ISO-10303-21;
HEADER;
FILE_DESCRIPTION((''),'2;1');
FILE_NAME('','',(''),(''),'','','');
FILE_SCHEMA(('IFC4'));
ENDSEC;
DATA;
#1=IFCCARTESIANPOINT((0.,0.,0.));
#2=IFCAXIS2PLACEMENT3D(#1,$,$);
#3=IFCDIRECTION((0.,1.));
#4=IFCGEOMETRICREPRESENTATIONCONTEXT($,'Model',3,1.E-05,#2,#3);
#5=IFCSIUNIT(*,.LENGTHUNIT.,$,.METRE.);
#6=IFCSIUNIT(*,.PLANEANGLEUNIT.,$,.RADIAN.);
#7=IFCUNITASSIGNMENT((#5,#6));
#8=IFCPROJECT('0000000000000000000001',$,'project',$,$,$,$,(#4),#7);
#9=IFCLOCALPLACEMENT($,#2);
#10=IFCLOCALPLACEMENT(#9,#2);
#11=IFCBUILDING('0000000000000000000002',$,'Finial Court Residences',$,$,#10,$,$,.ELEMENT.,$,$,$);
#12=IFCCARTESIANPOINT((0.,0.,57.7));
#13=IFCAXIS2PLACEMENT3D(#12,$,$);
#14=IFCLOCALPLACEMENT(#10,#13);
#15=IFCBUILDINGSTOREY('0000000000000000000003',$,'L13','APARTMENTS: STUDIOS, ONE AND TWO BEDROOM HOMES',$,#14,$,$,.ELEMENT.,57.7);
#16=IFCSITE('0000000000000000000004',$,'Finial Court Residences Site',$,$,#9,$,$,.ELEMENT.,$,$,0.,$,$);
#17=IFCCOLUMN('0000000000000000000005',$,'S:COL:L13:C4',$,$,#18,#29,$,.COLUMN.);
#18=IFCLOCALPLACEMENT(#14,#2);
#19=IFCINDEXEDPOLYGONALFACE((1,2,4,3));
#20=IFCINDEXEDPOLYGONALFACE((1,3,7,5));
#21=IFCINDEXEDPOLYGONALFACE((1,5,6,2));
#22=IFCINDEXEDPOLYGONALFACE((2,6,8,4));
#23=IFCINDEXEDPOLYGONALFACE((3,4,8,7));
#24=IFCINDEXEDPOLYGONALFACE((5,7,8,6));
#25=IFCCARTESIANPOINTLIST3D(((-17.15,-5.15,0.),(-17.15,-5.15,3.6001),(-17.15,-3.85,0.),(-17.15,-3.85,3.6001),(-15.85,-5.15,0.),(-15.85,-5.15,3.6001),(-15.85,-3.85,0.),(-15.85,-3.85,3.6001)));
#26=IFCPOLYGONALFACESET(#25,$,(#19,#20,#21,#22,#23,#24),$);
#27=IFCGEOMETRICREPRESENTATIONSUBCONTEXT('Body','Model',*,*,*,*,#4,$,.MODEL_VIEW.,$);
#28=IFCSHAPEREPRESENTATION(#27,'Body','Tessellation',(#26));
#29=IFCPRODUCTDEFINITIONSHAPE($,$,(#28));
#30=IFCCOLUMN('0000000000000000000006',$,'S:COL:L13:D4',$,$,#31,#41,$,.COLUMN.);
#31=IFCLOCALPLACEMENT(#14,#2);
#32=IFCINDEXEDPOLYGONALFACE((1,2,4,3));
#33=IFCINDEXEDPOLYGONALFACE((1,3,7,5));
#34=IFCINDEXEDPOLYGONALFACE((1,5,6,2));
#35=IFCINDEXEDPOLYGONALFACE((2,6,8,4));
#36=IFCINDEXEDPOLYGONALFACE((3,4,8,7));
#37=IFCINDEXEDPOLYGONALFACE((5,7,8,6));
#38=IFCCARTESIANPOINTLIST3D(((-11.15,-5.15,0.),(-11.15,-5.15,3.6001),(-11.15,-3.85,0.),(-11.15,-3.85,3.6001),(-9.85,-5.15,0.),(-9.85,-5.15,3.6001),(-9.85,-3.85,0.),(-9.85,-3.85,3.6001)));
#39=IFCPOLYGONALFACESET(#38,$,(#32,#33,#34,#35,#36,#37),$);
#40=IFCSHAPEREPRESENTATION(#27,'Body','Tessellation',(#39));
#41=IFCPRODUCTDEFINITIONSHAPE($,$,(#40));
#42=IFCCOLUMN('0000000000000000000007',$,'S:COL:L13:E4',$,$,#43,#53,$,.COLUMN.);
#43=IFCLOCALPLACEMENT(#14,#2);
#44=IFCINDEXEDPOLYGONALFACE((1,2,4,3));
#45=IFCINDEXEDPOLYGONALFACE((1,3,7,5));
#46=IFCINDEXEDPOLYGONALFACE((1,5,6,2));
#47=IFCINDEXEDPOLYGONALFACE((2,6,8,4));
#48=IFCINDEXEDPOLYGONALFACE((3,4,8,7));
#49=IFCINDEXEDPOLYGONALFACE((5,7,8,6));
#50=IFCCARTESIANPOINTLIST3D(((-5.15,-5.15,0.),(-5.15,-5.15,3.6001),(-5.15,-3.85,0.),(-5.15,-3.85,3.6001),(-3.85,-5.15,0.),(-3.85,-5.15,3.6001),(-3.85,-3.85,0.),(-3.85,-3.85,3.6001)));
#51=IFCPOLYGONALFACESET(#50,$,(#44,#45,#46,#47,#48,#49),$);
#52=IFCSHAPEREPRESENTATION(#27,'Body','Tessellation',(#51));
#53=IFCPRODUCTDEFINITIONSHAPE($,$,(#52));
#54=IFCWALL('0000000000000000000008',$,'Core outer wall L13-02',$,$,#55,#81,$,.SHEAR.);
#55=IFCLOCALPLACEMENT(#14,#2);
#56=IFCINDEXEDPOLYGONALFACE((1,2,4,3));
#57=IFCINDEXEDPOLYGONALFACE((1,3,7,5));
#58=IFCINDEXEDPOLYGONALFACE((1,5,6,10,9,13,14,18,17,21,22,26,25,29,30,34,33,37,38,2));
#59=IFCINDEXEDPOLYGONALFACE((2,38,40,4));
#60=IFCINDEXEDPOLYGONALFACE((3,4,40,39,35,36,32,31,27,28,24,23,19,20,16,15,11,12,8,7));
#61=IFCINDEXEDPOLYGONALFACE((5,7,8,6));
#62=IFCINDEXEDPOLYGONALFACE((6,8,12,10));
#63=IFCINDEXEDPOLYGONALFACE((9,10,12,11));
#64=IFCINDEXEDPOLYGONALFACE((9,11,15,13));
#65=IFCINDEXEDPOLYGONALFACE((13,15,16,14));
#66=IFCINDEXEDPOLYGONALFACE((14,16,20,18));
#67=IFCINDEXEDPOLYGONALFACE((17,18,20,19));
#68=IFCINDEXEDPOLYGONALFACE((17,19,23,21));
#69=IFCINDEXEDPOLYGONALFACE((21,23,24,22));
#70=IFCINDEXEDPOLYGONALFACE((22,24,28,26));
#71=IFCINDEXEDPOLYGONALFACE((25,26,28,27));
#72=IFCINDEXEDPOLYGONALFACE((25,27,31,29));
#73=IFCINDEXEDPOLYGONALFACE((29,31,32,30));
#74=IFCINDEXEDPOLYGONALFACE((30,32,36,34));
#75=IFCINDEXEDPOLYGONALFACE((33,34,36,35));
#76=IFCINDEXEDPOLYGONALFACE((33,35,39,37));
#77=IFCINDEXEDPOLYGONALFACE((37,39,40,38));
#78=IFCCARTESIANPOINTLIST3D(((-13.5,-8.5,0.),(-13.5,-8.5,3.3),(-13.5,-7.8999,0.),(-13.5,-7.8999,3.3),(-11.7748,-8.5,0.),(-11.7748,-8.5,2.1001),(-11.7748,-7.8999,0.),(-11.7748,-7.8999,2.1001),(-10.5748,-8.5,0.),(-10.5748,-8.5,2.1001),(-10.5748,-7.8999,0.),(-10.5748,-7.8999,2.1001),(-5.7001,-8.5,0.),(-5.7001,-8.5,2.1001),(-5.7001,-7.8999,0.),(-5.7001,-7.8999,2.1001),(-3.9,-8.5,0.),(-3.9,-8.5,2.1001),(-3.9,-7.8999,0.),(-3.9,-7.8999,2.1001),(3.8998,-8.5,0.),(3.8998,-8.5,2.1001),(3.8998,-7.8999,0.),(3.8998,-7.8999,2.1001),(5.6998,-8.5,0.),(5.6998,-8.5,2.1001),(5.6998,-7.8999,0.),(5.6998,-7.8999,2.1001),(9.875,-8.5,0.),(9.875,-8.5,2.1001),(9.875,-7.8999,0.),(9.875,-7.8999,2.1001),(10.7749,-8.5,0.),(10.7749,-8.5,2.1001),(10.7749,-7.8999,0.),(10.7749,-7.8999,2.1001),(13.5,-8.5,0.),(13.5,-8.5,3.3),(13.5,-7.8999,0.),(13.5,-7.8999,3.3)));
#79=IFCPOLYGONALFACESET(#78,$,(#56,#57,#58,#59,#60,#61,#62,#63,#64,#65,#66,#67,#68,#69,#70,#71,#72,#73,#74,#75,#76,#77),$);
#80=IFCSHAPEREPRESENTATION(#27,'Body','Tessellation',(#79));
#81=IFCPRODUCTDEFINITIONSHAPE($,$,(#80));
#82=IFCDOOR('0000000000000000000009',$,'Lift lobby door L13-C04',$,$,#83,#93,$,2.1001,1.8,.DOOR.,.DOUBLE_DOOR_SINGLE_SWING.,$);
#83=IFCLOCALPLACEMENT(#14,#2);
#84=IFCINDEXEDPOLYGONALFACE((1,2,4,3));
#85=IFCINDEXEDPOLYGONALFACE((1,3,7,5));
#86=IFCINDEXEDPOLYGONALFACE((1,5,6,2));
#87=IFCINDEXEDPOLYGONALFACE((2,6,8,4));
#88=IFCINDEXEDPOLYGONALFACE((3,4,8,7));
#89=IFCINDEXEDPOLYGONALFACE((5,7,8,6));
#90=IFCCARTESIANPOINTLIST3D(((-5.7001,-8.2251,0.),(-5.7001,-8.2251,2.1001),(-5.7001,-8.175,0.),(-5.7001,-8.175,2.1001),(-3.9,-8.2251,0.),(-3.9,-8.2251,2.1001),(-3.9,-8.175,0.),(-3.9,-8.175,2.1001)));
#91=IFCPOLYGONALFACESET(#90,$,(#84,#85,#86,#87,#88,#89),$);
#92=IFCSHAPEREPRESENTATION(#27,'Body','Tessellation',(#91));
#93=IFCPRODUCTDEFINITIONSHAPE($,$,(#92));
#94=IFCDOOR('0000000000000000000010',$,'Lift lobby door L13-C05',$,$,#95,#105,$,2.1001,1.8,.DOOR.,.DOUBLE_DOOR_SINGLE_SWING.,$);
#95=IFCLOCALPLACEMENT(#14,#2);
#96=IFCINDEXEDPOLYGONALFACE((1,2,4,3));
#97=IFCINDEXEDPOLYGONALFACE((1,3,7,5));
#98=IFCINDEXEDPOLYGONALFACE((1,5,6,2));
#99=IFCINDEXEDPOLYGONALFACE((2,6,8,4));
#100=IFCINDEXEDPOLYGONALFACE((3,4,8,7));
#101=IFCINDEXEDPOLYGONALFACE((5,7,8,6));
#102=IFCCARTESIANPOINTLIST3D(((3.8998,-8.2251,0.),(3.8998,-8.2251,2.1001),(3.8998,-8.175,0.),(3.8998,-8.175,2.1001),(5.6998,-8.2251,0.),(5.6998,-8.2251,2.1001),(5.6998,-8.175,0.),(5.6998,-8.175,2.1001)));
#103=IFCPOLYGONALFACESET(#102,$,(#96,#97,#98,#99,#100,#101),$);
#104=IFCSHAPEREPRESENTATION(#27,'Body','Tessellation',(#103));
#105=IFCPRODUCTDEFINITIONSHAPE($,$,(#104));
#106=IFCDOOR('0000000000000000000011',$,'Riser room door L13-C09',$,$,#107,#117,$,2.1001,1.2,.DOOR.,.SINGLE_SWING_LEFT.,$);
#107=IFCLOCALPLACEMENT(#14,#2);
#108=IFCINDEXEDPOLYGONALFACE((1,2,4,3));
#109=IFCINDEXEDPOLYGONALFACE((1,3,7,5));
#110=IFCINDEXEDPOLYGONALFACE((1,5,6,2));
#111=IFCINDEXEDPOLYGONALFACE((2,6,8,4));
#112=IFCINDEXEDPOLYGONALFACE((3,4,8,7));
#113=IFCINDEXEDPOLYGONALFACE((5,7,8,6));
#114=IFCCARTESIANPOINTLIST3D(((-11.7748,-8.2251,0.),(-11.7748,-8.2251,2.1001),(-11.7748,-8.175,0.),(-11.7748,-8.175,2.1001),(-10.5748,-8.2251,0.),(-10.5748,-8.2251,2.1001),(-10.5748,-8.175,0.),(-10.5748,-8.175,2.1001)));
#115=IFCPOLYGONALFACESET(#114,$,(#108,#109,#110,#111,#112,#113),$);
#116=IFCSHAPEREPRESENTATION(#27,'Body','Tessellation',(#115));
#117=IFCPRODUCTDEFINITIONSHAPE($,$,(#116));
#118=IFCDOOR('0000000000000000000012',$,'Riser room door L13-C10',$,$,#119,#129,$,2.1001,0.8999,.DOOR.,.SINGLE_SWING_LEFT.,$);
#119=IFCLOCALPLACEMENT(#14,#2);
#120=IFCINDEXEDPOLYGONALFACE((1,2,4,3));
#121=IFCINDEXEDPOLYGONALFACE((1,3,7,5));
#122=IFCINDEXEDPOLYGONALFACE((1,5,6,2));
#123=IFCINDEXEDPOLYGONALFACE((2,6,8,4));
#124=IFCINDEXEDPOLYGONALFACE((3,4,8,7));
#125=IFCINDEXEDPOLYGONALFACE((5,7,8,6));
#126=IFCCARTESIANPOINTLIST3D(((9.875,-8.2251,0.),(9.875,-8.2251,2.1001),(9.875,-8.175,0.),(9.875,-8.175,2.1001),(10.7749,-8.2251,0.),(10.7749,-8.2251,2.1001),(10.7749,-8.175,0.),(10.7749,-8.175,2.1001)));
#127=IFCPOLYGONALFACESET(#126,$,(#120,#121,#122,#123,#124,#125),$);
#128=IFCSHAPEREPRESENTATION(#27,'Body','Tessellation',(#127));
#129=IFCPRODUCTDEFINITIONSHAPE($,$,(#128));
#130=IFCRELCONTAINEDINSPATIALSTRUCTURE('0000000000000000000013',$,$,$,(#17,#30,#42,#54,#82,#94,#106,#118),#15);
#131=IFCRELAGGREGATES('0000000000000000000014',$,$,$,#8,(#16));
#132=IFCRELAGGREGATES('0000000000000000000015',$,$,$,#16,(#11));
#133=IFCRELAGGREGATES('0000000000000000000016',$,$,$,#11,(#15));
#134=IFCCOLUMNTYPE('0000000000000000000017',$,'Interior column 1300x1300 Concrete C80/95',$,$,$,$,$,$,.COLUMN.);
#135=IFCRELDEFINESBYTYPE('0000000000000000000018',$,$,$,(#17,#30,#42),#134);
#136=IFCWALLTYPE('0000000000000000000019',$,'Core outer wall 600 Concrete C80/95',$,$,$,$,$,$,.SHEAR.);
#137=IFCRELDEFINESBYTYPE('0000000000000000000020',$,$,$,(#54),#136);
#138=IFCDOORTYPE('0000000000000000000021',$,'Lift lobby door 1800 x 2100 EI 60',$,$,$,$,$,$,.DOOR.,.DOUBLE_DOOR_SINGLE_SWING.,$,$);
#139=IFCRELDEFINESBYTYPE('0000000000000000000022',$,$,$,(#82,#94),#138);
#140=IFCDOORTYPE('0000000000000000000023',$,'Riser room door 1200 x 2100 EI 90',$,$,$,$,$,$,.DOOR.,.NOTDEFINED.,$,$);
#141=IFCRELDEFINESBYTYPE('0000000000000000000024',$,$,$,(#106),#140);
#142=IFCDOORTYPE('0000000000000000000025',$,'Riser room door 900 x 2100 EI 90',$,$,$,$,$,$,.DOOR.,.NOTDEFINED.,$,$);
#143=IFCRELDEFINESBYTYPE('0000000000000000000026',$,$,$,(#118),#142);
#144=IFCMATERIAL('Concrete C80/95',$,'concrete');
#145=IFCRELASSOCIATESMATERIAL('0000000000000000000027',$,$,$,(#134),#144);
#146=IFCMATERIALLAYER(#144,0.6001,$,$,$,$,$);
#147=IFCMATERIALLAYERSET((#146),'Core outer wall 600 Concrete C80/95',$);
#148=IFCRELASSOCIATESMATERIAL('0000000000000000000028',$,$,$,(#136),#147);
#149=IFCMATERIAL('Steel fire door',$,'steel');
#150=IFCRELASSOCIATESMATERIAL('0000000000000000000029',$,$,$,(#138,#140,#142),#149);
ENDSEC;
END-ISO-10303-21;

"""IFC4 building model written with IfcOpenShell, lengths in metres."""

from ifc_helpers import new_model, si_unit, direction, frame, frame_2d, origin, origin_2d, place, context, subcontext, project, spatial, rectangle, extrude, material, layer, layer_set, material_profile, profile_set, type_object, element, fill, save


model = new_model("IFC4")

# Units and contexts
model_context = context("Model", 3, precision=1e-05, world=origin(), true_north=direction((0.0, 1.0)))
body_context = subcontext(model_context, "Body", "Model", "MODEL_VIEW")
ifc_project = project(units=[si_unit("LENGTHUNIT", "METRE"), si_unit("PLANEANGLEUNIT", "RADIAN")], contexts=[model_context])

# Site, building, storey
site_placement = place(None, origin())
site = spatial("IfcSite", under=ifc_project, at=site_placement, Name="Finial Court Residences Site", CompositionType="ELEMENT", RefElevation=0.0)
building_placement = place(site_placement, origin())
building = spatial("IfcBuilding", under=site, at=building_placement, Name="Finial Court Residences", CompositionType="ELEMENT")
storey_placement = place(building_placement, frame((0.0, 0.0, 57.7)))
storey = spatial("IfcBuildingStorey", under=building, at=storey_placement, Name="L13", Description="APARTMENTS: STUDIOS, ONE AND TWO BEDROOM HOMES", CompositionType="ELEMENT", Elevation=57.7)

# Columns
ifc_material_1 = material(Name="Concrete C80/95", Category="concrete")
ifc_material_profile = material_profile(ifc_material_1, rectangle(XDim=1.3, YDim=1.3, at=origin_2d()), Name="1300x1300")
ifc_profile_set = profile_set([ifc_material_profile], Name="Concrete C80/95")
column_type = type_object("IfcColumnType", Name="Interior column 1300x1300 Concrete C80/95", PredefinedType="COLUMN", material=ifc_profile_set)
for number, where, z_axis, x_axis, name in (
    (1, (-16.5, -4.5, 0.0), (0.0, 0.0, 1.0), (1.0, 0.0, 0.0), "S:COL:L13:C4"),
    (2, (-10.5, -4.5, 0.0), (0.0, 0.0, 1.0), (1.0, 0.0, 0.0), "S:COL:L13:D4"),
    (3, (-4.5, -4.5, 0.0), (0.0, 0.0, 1.0), (1.0, 0.0, 0.0), "S:COL:L13:E4"),
):
    element("IfcColumn", number, at=place(storey_placement, frame(where, z_axis=z_axis, x_axis=x_axis)), inside=storey, type_object=column_type, Name=name, PredefinedType="COLUMN", context=body_context, shape_type="SweptSolid", body=[
        extrude(rectangle(XDim=1.3, YDim=1.3, at=origin_2d()), origin(), (0.0, 0.0, 1.0), 3.6001),
    ])

# Wall, openings, doors
ifc_layer_1 = layer(ifc_material_1, 0.6001)
ifc_layer_set_1 = layer_set([ifc_layer_1], Name="Core outer wall 600 Concrete C80/95")
wall_type_1 = type_object("IfcWallType", Name="Core outer wall 600 Concrete C80/95", PredefinedType="SHEAR", material=ifc_layer_set_1)
wall_1_placement = place(storey_placement, frame((-13.5, -8.2, 0.0), z_axis=(0.0, 0.0, 1.0), x_axis=(1.0, 0.0, 0.0)))
wall_1 = element("IfcWall", 4, at=wall_1_placement, inside=storey, type_object=wall_type_1, Name="Core outer wall L13-02", PredefinedType="SHEAR", context=body_context, shape_type="SweptSolid", body=[
    extrude(rectangle(XDim=27.0, YDim=0.6001, at=frame_2d((13.5, 0.0))), origin(), (0.0, 0.0, 1.0), 3.3),
])
opening_1_placement = place(wall_1_placement, frame((7.8, 0.0, 0.0)))
opening_1 = element("IfcOpeningElement", 5, at=opening_1_placement, cuts=wall_1, PredefinedType="OPENING", context=body_context, shape_type="SweptSolid", body=[
    extrude(rectangle(XDim=1.8, YDim=2.1001, at=frame_2d((0.8999, 1.05))), frame((0.0, 0.3101, 0.0), z_axis=(0.0, -1.0, 0.0), x_axis=(1.0, 0.0, 0.0)), (0.0, 0.0, 1.0), 0.6201),
])
opening_2_placement = place(wall_1_placement, frame((17.3999, 0.0, 0.0)))
opening_2 = element("IfcOpeningElement", 6, at=opening_2_placement, cuts=wall_1, PredefinedType="OPENING", context=body_context, shape_type="SweptSolid", body=[
    extrude(rectangle(XDim=1.8, YDim=2.1001, at=frame_2d((0.8999, 1.05))), frame((0.0, 0.3101, 0.0), z_axis=(0.0, -1.0, 0.0), x_axis=(1.0, 0.0, 0.0)), (0.0, 0.0, 1.0), 0.6201),
])
opening_3_placement = place(wall_1_placement, frame((1.7251, 0.0, 0.0)))
opening_3 = element("IfcOpeningElement", 7, at=opening_3_placement, cuts=wall_1, PredefinedType="OPENING", context=body_context, shape_type="SweptSolid", body=[
    extrude(rectangle(XDim=1.2, YDim=2.1001, at=frame_2d((0.6001, 1.05))), frame((0.0, 0.3101, 0.0), z_axis=(0.0, -1.0, 0.0), x_axis=(1.0, 0.0, 0.0)), (0.0, 0.0, 1.0), 0.6201),
])
opening_4_placement = place(wall_1_placement, frame((23.375, 0.0, 0.0)))
opening_4 = element("IfcOpeningElement", 8, at=opening_4_placement, cuts=wall_1, PredefinedType="OPENING", context=body_context, shape_type="SweptSolid", body=[
    extrude(rectangle(XDim=0.8999, YDim=2.1001, at=frame_2d((0.45, 1.05))), frame((0.0, 0.3101, 0.0), z_axis=(0.0, -1.0, 0.0), x_axis=(1.0, 0.0, 0.0)), (0.0, 0.0, 1.0), 0.6201),
])
ifc_material_2 = material(Name="Steel fire door", Category="steel")
door_type_1 = type_object("IfcDoorType", Name="Lift lobby door 1800 x 2100 EI 60", OperationType="DOUBLE_DOOR_SINGLE_SWING", PredefinedType="DOOR", material=ifc_material_2)
door_1_placement = place(opening_1_placement, origin())
door_1 = element("IfcDoor", 9, at=door_1_placement, inside=storey, type_object=door_type_1, Name="Lift lobby door L13-C04", OperationType="DOUBLE_DOOR_SINGLE_SWING", OverallHeight=2.1001, OverallWidth=1.8, PredefinedType="DOOR", context=body_context, shape_type="SweptSolid", body=[
    extrude(rectangle(XDim=1.8, YDim=2.1001, at=frame_2d((0.8999, 1.05))), frame((0.0, 0.0249, 0.0), z_axis=(0.0, -1.0, 0.0), x_axis=(1.0, 0.0, 0.0)), (0.0, 0.0, 1.0), 0.05),
])
fill(opening_1, door_1)
door_2_placement = place(opening_2_placement, origin())
door_2 = element("IfcDoor", 10, at=door_2_placement, inside=storey, type_object=door_type_1, Name="Lift lobby door L13-C05", OperationType="DOUBLE_DOOR_SINGLE_SWING", OverallHeight=2.1001, OverallWidth=1.8, PredefinedType="DOOR", context=body_context, shape_type="SweptSolid", body=[
    extrude(rectangle(XDim=1.8, YDim=2.1001, at=frame_2d((0.8999, 1.05))), frame((0.0, 0.0249, 0.0), z_axis=(0.0, -1.0, 0.0), x_axis=(1.0, 0.0, 0.0)), (0.0, 0.0, 1.0), 0.05),
])
fill(opening_2, door_2)
door_type_2 = type_object("IfcDoorType", Name="Riser room door 1200 x 2100 EI 90", OperationType="NOTDEFINED", PredefinedType="DOOR", material=ifc_material_2)
door_3_placement = place(opening_3_placement, origin())
door_3 = element("IfcDoor", 11, at=door_3_placement, inside=storey, type_object=door_type_2, Name="Riser room door L13-C09", OperationType="SINGLE_SWING_LEFT", OverallHeight=2.1001, OverallWidth=1.2, PredefinedType="DOOR", context=body_context, shape_type="SweptSolid", body=[
    extrude(rectangle(XDim=1.2, YDim=2.1001, at=frame_2d((0.6001, 1.05))), frame((0.0, 0.0249, 0.0), z_axis=(0.0, -1.0, 0.0), x_axis=(1.0, 0.0, 0.0)), (0.0, 0.0, 1.0), 0.05),
])
fill(opening_3, door_3)
door_type_3 = type_object("IfcDoorType", Name="Riser room door 900 x 2100 EI 90", OperationType="NOTDEFINED", PredefinedType="DOOR", material=ifc_material_2)
door_4_placement = place(opening_4_placement, origin())
door_4 = element("IfcDoor", 12, at=door_4_placement, inside=storey, type_object=door_type_3, Name="Riser room door L13-C10", OperationType="SINGLE_SWING_LEFT", OverallHeight=2.1001, OverallWidth=0.8999, PredefinedType="DOOR", context=body_context, shape_type="SweptSolid", body=[
    extrude(rectangle(XDim=0.8999, YDim=2.1001, at=frame_2d((0.45, 1.05))), frame((0.0, 0.0249, 0.0), z_axis=(0.0, -1.0, 0.0), x_axis=(1.0, 0.0, 0.0)), (0.0, 0.0, 1.0), 0.05),
])
fill(opening_4, door_4)

save(model, "model.ifc")
